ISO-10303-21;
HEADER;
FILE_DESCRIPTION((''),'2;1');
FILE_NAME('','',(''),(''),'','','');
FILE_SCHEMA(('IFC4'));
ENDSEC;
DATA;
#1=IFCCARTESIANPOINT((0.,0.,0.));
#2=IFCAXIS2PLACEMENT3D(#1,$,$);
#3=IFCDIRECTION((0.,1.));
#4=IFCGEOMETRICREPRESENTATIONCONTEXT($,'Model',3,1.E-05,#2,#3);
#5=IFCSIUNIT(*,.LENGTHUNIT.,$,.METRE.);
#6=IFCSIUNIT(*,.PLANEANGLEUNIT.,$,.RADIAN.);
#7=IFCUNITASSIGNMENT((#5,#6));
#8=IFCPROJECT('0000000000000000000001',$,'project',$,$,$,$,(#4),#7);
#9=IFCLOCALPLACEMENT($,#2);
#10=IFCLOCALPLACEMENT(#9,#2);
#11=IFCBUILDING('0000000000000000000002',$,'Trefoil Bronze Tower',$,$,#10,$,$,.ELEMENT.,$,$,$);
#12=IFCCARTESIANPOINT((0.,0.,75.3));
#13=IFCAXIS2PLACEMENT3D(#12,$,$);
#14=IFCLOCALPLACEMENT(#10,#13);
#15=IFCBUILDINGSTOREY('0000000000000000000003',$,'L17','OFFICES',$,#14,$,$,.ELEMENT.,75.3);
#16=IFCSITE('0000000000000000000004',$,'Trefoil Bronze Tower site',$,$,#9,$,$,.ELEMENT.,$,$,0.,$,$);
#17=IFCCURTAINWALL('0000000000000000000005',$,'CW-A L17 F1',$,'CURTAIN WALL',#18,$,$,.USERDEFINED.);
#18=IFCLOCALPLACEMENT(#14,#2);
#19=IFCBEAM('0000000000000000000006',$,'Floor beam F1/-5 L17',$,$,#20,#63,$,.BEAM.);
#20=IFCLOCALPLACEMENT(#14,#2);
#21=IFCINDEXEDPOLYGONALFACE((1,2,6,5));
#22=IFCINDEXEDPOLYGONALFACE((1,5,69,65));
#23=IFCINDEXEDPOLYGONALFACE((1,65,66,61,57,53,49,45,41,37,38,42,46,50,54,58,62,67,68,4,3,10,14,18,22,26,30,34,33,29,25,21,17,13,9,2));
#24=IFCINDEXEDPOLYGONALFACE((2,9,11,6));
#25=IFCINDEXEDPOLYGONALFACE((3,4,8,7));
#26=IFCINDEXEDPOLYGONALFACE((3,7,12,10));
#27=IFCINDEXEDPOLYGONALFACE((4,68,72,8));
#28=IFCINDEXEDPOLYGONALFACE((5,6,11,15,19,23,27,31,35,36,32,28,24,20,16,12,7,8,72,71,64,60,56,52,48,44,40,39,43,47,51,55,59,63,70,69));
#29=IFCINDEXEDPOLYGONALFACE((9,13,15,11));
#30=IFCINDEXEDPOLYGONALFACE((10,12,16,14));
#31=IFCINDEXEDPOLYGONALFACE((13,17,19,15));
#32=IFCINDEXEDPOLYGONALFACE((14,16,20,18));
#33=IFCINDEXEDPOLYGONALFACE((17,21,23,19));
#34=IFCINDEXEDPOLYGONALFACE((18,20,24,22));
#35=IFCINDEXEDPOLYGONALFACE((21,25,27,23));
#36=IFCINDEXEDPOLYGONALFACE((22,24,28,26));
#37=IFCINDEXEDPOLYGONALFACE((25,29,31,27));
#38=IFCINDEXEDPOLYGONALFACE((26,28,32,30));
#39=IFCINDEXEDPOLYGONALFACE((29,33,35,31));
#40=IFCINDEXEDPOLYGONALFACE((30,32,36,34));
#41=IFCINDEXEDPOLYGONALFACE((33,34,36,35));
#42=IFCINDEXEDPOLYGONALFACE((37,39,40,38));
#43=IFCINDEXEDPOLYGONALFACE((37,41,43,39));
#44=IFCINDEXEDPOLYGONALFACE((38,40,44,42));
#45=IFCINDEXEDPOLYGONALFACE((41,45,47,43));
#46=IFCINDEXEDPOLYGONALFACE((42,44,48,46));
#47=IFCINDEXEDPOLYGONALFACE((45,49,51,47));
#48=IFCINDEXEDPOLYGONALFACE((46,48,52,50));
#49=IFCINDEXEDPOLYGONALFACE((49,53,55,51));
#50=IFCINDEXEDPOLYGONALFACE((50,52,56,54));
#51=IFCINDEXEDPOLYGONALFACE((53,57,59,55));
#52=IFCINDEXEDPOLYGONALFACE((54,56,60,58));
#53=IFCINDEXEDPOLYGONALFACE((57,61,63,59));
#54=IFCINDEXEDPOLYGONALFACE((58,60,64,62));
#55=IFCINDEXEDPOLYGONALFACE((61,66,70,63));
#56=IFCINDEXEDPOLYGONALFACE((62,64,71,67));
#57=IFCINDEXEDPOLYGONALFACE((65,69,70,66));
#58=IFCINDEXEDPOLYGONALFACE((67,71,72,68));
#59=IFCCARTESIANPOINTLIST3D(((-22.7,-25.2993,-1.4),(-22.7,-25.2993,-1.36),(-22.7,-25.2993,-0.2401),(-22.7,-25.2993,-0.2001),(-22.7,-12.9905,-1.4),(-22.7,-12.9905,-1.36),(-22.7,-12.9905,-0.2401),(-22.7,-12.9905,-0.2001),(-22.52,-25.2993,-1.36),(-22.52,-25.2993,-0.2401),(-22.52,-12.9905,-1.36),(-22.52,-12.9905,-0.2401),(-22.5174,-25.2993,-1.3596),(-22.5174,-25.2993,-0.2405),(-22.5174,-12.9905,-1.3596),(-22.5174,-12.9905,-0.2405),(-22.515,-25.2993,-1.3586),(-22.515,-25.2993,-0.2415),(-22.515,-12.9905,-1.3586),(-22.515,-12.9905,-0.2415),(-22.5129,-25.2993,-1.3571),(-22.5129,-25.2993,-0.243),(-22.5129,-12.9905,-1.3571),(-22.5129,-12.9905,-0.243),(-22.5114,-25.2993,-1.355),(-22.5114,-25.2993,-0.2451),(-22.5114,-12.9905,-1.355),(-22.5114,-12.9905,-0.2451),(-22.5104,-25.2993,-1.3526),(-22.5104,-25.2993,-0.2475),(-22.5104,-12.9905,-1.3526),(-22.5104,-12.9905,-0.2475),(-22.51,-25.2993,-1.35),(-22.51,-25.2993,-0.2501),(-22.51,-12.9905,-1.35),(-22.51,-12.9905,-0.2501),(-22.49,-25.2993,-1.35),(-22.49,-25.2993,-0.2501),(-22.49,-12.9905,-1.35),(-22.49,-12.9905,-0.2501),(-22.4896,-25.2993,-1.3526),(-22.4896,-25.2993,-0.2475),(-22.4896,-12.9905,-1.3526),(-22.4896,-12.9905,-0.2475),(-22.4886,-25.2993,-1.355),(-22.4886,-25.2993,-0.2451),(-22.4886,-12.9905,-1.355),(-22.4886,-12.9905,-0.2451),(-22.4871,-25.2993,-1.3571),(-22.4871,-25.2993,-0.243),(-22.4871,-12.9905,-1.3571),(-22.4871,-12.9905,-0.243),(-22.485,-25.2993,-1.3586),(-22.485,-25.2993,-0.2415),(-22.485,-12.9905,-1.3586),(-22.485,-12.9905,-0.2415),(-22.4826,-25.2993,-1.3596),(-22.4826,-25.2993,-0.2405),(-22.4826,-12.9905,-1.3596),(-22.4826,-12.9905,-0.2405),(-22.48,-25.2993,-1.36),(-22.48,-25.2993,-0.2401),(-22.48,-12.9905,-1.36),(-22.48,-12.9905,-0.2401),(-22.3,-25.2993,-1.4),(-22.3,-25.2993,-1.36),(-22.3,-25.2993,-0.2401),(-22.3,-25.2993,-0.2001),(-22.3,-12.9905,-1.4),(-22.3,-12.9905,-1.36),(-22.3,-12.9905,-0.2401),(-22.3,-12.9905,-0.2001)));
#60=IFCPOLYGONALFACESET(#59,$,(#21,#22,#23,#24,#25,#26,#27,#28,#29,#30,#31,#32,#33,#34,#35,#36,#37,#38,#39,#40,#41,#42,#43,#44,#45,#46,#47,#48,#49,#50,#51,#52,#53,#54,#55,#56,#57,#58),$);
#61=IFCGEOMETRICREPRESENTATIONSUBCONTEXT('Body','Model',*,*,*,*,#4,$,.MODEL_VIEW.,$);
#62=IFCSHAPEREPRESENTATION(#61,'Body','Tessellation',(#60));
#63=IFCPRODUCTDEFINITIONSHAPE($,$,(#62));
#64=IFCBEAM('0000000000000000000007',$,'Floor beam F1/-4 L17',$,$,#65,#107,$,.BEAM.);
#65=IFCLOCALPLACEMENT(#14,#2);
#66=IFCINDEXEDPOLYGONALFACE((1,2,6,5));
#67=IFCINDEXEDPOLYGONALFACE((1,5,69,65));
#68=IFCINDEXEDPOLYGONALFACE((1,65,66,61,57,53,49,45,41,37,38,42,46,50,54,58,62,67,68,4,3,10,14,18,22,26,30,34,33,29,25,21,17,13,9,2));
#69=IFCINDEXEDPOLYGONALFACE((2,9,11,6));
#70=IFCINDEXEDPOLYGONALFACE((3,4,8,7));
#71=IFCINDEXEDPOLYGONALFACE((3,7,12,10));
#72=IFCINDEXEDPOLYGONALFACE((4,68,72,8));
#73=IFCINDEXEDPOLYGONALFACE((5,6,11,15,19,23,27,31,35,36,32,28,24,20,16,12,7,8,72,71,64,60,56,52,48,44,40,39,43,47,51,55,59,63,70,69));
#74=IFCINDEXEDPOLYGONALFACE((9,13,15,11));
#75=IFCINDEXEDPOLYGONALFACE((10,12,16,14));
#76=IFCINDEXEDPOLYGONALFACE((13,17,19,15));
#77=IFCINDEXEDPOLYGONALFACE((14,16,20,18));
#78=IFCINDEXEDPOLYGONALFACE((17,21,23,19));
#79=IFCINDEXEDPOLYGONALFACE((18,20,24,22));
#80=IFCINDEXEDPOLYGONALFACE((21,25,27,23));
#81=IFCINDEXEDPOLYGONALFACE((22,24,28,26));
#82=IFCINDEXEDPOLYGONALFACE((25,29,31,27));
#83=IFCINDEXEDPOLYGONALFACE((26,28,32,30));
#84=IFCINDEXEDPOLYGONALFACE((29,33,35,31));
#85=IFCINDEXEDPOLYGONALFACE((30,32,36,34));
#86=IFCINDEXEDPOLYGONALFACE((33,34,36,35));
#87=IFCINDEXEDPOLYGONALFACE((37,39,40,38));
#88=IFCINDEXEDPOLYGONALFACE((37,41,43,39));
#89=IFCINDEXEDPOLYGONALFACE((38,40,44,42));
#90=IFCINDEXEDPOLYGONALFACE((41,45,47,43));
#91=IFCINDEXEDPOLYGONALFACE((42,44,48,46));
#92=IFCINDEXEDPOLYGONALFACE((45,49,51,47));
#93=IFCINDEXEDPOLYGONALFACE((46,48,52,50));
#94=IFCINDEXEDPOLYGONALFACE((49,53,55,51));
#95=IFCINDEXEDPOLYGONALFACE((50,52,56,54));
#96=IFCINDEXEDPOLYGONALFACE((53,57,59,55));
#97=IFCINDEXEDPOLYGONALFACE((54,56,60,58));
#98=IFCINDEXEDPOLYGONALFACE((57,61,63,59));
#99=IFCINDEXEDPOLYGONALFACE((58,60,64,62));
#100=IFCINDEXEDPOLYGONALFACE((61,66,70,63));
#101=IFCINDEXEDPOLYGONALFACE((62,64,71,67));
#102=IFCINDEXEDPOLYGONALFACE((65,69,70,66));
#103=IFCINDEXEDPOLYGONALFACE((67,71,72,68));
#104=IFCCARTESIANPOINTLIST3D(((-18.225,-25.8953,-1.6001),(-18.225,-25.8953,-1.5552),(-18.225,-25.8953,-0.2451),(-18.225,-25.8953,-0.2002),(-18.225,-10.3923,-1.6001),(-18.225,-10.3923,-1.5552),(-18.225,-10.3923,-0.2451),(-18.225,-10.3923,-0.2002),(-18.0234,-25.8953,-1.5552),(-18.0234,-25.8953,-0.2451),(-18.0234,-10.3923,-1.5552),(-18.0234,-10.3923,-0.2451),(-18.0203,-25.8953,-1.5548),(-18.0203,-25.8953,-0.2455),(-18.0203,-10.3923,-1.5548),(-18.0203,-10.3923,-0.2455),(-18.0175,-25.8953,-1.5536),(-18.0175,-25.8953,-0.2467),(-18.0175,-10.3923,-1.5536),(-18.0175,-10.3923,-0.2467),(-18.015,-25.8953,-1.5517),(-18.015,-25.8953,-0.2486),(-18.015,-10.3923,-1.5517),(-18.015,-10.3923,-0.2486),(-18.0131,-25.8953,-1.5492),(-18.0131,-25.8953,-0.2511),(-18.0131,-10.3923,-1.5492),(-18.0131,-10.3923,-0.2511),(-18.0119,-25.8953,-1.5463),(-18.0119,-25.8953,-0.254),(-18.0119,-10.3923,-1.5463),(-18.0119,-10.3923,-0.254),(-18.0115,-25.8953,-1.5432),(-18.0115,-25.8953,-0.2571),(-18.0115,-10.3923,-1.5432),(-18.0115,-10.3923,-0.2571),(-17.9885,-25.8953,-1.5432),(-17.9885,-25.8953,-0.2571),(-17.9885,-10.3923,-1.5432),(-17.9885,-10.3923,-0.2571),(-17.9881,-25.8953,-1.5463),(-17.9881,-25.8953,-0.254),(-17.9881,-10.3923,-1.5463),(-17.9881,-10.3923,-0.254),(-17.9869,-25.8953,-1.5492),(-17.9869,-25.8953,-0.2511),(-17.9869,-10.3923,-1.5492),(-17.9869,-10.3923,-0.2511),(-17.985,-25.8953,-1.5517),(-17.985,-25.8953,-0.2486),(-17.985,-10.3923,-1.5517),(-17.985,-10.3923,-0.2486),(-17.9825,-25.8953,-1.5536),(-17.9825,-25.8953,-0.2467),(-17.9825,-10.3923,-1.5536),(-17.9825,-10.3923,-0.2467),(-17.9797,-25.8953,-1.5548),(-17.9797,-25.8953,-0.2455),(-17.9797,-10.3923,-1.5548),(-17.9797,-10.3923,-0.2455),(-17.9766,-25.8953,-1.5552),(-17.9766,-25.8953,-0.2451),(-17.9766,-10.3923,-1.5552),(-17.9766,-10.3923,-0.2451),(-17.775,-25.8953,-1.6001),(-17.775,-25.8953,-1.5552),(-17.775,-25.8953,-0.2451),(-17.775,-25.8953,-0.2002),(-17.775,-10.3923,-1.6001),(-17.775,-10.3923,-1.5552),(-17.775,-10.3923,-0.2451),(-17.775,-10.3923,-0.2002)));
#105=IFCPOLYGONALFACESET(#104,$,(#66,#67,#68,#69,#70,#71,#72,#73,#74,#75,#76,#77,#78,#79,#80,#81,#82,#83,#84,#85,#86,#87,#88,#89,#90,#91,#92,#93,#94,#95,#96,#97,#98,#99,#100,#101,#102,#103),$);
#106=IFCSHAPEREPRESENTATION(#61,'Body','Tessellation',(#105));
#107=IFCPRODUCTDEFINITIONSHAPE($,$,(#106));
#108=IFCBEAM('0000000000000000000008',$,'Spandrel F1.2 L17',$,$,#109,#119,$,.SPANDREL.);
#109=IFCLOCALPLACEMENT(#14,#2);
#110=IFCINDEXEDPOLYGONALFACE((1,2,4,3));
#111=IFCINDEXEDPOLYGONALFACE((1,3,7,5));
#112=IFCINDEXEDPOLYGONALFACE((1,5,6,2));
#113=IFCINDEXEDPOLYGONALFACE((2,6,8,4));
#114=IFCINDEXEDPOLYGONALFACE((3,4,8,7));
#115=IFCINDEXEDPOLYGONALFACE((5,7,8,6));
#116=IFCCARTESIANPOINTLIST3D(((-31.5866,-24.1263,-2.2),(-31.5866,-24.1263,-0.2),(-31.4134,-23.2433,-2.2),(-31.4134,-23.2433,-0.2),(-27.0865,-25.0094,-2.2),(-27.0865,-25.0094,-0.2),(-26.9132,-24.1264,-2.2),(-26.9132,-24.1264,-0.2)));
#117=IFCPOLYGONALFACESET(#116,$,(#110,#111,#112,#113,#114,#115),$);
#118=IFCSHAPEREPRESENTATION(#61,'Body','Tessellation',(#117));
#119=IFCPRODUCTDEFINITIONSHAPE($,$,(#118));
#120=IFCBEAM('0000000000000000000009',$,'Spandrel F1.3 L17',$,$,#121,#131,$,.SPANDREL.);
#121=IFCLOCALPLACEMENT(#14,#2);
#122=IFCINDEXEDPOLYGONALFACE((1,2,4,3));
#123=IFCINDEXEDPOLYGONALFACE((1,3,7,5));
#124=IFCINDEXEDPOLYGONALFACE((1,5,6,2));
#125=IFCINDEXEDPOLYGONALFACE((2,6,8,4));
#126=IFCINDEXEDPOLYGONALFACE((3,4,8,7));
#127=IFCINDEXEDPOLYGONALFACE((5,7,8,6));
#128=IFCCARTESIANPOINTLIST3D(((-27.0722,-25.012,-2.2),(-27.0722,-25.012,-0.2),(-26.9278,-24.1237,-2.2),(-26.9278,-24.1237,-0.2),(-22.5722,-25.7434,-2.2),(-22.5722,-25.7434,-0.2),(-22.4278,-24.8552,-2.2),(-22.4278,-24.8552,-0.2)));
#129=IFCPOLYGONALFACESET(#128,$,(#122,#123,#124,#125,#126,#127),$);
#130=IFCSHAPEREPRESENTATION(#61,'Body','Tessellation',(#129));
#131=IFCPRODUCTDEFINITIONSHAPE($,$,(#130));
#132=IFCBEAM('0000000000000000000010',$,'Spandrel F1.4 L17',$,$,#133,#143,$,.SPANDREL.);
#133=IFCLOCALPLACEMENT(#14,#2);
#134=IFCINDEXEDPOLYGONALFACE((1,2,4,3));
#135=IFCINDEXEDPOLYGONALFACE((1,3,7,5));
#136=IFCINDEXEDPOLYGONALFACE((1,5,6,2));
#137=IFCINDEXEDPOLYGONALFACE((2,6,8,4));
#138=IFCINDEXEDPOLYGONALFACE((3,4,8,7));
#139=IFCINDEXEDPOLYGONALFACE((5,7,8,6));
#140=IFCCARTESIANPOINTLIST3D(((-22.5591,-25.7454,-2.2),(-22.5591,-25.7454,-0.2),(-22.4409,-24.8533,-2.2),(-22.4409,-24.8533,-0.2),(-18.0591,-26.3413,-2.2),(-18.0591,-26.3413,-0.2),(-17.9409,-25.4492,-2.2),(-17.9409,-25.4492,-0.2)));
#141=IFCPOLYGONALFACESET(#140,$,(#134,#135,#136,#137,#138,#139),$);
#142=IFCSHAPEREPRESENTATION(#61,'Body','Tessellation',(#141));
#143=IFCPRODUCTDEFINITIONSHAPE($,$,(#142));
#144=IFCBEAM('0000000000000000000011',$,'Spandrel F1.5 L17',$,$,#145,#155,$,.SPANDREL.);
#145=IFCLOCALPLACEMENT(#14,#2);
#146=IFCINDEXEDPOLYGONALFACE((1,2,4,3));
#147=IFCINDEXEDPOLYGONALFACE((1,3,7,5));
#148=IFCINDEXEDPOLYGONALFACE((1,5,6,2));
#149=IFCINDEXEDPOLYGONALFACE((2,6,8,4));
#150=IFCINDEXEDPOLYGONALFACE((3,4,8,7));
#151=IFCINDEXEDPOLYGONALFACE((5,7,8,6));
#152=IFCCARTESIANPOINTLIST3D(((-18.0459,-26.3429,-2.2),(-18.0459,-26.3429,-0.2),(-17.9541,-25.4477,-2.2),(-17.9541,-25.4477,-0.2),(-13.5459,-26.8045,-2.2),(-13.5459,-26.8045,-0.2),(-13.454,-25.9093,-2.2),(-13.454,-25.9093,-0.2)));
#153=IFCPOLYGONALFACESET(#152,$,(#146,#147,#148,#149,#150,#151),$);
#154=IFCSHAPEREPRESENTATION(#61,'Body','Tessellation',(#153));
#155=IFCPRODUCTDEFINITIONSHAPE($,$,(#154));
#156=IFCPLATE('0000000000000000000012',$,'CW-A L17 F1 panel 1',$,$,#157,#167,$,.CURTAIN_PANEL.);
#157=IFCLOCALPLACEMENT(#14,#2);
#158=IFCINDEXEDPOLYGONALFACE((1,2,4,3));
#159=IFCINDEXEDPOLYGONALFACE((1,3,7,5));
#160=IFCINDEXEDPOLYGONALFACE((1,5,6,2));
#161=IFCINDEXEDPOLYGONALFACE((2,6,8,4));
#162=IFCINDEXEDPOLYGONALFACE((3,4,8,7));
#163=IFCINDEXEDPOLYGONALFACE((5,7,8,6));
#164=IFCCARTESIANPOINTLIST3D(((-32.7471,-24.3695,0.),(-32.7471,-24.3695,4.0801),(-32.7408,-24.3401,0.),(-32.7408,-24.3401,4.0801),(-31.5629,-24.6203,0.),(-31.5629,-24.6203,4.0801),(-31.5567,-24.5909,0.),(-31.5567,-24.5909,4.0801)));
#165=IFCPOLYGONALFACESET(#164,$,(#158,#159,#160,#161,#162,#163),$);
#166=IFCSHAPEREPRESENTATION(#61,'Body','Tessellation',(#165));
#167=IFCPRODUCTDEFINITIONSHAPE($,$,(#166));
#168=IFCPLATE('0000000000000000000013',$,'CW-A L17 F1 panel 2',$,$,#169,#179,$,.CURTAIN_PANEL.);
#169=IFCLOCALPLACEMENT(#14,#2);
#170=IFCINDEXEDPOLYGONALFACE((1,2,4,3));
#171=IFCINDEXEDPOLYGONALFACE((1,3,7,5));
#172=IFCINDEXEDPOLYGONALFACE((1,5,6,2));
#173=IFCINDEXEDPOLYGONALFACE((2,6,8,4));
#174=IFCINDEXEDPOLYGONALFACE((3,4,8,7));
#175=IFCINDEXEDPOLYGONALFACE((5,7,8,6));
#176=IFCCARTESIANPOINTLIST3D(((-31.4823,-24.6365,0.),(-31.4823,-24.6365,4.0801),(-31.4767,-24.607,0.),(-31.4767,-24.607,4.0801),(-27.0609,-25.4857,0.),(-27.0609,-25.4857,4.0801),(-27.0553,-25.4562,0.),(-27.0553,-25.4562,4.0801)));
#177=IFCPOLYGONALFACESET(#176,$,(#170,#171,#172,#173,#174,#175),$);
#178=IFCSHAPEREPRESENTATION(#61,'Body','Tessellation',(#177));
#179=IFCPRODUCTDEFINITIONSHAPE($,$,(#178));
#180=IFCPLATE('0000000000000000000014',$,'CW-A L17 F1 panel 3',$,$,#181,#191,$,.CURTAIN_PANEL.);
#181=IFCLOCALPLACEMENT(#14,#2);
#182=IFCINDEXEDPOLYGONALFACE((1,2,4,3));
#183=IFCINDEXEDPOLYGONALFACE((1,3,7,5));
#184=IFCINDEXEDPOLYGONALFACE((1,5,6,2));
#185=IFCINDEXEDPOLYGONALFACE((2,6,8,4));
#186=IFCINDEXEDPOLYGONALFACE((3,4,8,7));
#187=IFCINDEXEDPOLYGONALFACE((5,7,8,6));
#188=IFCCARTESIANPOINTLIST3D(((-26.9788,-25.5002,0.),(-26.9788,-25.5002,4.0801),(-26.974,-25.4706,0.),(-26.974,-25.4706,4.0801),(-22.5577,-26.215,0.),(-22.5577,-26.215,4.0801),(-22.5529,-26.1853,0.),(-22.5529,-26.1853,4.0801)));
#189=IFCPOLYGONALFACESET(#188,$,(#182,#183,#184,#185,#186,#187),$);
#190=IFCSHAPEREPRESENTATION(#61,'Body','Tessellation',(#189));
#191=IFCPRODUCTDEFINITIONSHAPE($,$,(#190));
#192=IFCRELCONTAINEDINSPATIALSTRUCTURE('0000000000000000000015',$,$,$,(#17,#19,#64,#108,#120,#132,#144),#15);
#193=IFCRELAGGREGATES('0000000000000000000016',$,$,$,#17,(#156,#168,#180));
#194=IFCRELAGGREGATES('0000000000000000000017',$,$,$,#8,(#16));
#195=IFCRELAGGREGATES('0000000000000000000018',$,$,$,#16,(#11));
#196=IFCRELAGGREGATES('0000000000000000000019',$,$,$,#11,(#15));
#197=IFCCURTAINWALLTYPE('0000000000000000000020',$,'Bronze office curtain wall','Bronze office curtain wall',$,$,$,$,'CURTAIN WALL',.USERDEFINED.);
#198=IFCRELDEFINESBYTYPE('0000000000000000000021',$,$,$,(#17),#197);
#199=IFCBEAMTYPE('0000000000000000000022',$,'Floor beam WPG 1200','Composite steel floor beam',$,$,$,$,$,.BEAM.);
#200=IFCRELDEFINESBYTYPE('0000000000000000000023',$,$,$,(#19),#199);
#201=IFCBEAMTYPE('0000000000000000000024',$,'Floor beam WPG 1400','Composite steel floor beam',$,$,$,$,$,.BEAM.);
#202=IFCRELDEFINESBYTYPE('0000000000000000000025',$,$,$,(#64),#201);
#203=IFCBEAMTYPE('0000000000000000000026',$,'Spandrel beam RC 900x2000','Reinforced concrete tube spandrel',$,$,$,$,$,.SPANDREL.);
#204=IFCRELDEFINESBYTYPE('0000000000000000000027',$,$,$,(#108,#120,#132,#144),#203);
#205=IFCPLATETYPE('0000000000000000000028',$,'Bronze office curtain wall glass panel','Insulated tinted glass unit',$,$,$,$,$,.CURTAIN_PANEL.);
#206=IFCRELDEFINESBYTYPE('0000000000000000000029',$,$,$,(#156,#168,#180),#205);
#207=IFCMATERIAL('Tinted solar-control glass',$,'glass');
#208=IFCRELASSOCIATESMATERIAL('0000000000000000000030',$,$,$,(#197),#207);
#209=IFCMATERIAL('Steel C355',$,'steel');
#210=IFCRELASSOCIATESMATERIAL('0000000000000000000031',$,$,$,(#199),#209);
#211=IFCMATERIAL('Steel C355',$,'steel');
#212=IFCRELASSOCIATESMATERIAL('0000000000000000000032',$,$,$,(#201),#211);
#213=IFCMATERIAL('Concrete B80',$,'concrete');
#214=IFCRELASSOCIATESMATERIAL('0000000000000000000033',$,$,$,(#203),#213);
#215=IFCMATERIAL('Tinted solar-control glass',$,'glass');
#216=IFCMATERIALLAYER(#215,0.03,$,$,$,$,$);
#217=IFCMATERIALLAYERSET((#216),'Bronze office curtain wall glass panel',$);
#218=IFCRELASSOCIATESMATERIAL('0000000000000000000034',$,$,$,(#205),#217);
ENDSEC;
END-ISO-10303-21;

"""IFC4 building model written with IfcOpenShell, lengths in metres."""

from ifc_helpers import new_model, si_unit, direction, frame, origin, origin_2d, place, context, subcontext, project, spatial, rectangle, i_section, extrude, material, layer, layer_set, material_profile, profile_set, type_object, element, aggregate, save


model = new_model("IFC4")

# Units and contexts
model_context = context("Model", 3, precision=1e-05, world=origin(), true_north=direction((0.0, 1.0)))
body_context = subcontext(model_context, "Body", "Model", "MODEL_VIEW")
ifc_project = project(units=[si_unit("LENGTHUNIT", "METRE"), si_unit("PLANEANGLEUNIT", "RADIAN")], contexts=[model_context])

# Site, building, storey
site_placement = place(None, origin())
site = spatial("IfcSite", under=ifc_project, at=site_placement, Name="Trefoil Bronze Tower site", CompositionType="ELEMENT", RefElevation=0.0)
building_placement = place(site_placement, origin())
building = spatial("IfcBuilding", under=site, at=building_placement, Name="Trefoil Bronze Tower", CompositionType="ELEMENT")
storey_placement = place(building_placement, frame((0.0, 0.0, 75.3)))
storey = spatial("IfcBuildingStorey", under=building, at=storey_placement, Name="L17", Description="OFFICES", CompositionType="ELEMENT", Elevation=75.3)

# Curtain wall
ifc_material_1 = material(Name="Tinted solar-control glass", Category="glass")
curtain_wall_type_1 = type_object("IfcCurtainWallType", Name="Bronze office curtain wall", Description="Bronze office curtain wall", ElementType="CURTAIN WALL", PredefinedType="USERDEFINED", material=ifc_material_1)
curtain_wall_1_placement = place(storey_placement, origin())
curtain_wall_1 = element("IfcCurtainWall", 1, at=curtain_wall_1_placement, inside=storey, type_object=curtain_wall_type_1, Name="CW-A L17 F1", ObjectType="CURTAIN WALL", PredefinedType="USERDEFINED")

# Beams
ifc_material_2 = material(Name="Steel C355", Category="steel")
ifc_material_profile_1 = material_profile(ifc_material_2, i_section(OverallWidth=0.3999, OverallDepth=1.2, WebThickness=0.02, FlangeThickness=0.04, FilletRadius=0.01, at=origin_2d()), Name="WPG 1200")
ifc_profile_set_1 = profile_set([ifc_material_profile_1], Name="Steel C355")
beam_type_1 = type_object("IfcBeamType", Name="Floor beam WPG 1200", Description="Composite steel floor beam", PredefinedType="BEAM", material=ifc_profile_set_1)
beam_1_placement = place(storey_placement, frame((-22.5, -25.2993, -0.8), z_axis=(0.0, 1.0, 0.0), x_axis=(-1.0, 0.0, 0.0)))
element("IfcBeam", 2, at=beam_1_placement, inside=storey, type_object=beam_type_1, Name="Floor beam F1/-5 L17", PredefinedType="BEAM", context=body_context, shape_type="SweptSolid", body=[
    extrude(i_section(OverallWidth=0.3999, OverallDepth=1.2, WebThickness=0.02, FlangeThickness=0.04, FilletRadius=0.01, at=origin_2d()), origin(), (0.0, 0.0, 1.0), 12.3088),
])
ifc_material_3 = material(Name="Steel C355", Category="steel")
ifc_material_profile_2 = material_profile(ifc_material_3, i_section(OverallWidth=0.45, OverallDepth=1.3999, WebThickness=0.0229, FlangeThickness=0.0449, FilletRadius=0.012, at=origin_2d()), Name="WPG 1400")
ifc_profile_set_2 = profile_set([ifc_material_profile_2], Name="Steel C355")
beam_type_2 = type_object("IfcBeamType", Name="Floor beam WPG 1400", Description="Composite steel floor beam", PredefinedType="BEAM", material=ifc_profile_set_2)
beam_2_placement = place(storey_placement, frame((-18.0, -25.8953, -0.9001), z_axis=(0.0, 1.0, 0.0), x_axis=(-1.0, 0.0, 0.0)))
element("IfcBeam", 3, at=beam_2_placement, inside=storey, type_object=beam_type_2, Name="Floor beam F1/-4 L17", PredefinedType="BEAM", context=body_context, shape_type="SweptSolid", body=[
    extrude(i_section(OverallWidth=0.45, OverallDepth=1.3999, WebThickness=0.0229, FlangeThickness=0.0449, FilletRadius=0.012, at=origin_2d()), origin(), (0.0, 0.0, 1.0), 15.5029),
])
ifc_material_4 = material(Name="Concrete B80", Category="concrete")
ifc_material_profile_3 = material_profile(ifc_material_4, rectangle(XDim=0.8999, YDim=2.0, at=origin_2d()), Name="RC 900x2000")
ifc_profile_set_3 = profile_set([ifc_material_profile_3], Name="Concrete B80")
beam_type_3 = type_object("IfcBeamType", Name="Spandrel beam RC 900x2000", Description="Reinforced concrete tube spandrel", PredefinedType="SPANDREL", material=ifc_profile_set_3)
beam_3_placement = place(storey_placement, frame((-31.5, -23.6848, -1.2), z_axis=(0.981285, -0.192562, 0.0), x_axis=(0.192562, 0.981285, 0.0)))
element("IfcBeam", 4, at=beam_3_placement, inside=storey, type_object=beam_type_3, Name="Spandrel F1.2 L17", PredefinedType="SPANDREL", context=body_context, shape_type="SweptSolid", body=[
    extrude(rectangle(XDim=0.8999, YDim=2.0, at=origin_2d()), origin(), (0.0, 0.0, 1.0), 4.5859),
])
beam_4_placement = place(storey_placement, frame((-27.0, -24.5679, -1.2), z_axis=(0.987046, -0.160438, 0.0), x_axis=(0.160438, 0.987046, 0.0)))
element("IfcBeam", 5, at=beam_4_placement, inside=storey, type_object=beam_type_3, Name="Spandrel F1.3 L17", PredefinedType="SPANDREL", context=body_context, shape_type="SweptSolid", body=[
    extrude(rectangle(XDim=0.8999, YDim=2.0, at=origin_2d()), origin(), (0.0, 0.0, 1.0), 4.5591),
])
beam_5_placement = place(storey_placement, frame((-22.5, -25.2993, -1.2), z_axis=(0.991344, -0.131286, 0.0), x_axis=(0.131286, 0.991344, 0.0)))
element("IfcBeam", 6, at=beam_5_placement, inside=storey, type_object=beam_type_3, Name="Spandrel F1.4 L17", PredefinedType="SPANDREL", context=body_context, shape_type="SweptSolid", body=[
    extrude(rectangle(XDim=0.8999, YDim=2.0, at=origin_2d()), origin(), (0.0, 0.0, 1.0), 4.5393),
])
beam_6_placement = place(storey_placement, frame((-18.0, -25.8953, -1.2), z_axis=(0.994778, -0.102058, 0.0), x_axis=(0.102058, 0.994778, 0.0)))
element("IfcBeam", 7, at=beam_6_placement, inside=storey, type_object=beam_type_3, Name="Spandrel F1.5 L17", PredefinedType="SPANDREL", context=body_context, shape_type="SweptSolid", body=[
    extrude(rectangle(XDim=0.8999, YDim=2.0, at=origin_2d()), origin(), (0.0, 0.0, 1.0), 4.5237),
])

# Plates
ifc_material_5 = material(Name="Tinted solar-control glass", Category="glass")
ifc_layer_1 = layer(ifc_material_5, 0.03)
ifc_layer_set_1 = layer_set([ifc_layer_1], Name="Bronze office curtain wall glass panel")
plate_type_1 = type_object("IfcPlateType", Name="Bronze office curtain wall glass panel", Description="Insulated tinted glass unit", PredefinedType="CURTAIN_PANEL", material=ifc_layer_set_1)
plate_1_placement = place(storey_placement, frame((-32.1519, -24.4802, 0.0), z_axis=(0.0, 0.0, 1.0), x_axis=(0.978303, -0.207181, 0.0)))
plate_1 = element("IfcPlate", 8, at=plate_1_placement, type_object=plate_type_1, Name="CW-A L17 F1 panel 1", PredefinedType="CURTAIN_PANEL", context=body_context, shape_type="SweptSolid", body=[
    extrude(rectangle(XDim=1.2104, YDim=0.03, at=origin_2d()), origin(), (0.0, 0.0, 1.0), 4.0801),
])
plate_2_placement = place(storey_placement, frame((-29.2688, -25.0464, 0.0), z_axis=(0.0, 0.0, 1.0), x_axis=(0.98205, -0.188622, 0.0)))
plate_2 = element("IfcPlate", 9, at=plate_2_placement, type_object=plate_type_1, Name="CW-A L17 F1 panel 2", PredefinedType="CURTAIN_PANEL", context=body_context, shape_type="SweptSolid", body=[
    extrude(rectangle(XDim=4.5022, YDim=0.03, at=origin_2d()), origin(), (0.0, 0.0, 1.0), 4.0801),
])
plate_3_placement = place(storey_placement, frame((-24.7659, -25.8428, 0.0), z_axis=(0.0, 0.0, 1.0), x_axis=(0.987181, -0.159603, 0.0)))
plate_3 = element("IfcPlate", 10, at=plate_3_placement, type_object=plate_type_1, Name="CW-A L17 F1 panel 3", PredefinedType="CURTAIN_PANEL", context=body_context, shape_type="SweptSolid", body=[
    extrude(rectangle(XDim=4.4785, YDim=0.03, at=origin_2d()), origin(), (0.0, 0.0, 1.0), 4.0801),
])
aggregate(curtain_wall_1, [plate_1, plate_2, plate_3])

save(model, "model.ifc")
